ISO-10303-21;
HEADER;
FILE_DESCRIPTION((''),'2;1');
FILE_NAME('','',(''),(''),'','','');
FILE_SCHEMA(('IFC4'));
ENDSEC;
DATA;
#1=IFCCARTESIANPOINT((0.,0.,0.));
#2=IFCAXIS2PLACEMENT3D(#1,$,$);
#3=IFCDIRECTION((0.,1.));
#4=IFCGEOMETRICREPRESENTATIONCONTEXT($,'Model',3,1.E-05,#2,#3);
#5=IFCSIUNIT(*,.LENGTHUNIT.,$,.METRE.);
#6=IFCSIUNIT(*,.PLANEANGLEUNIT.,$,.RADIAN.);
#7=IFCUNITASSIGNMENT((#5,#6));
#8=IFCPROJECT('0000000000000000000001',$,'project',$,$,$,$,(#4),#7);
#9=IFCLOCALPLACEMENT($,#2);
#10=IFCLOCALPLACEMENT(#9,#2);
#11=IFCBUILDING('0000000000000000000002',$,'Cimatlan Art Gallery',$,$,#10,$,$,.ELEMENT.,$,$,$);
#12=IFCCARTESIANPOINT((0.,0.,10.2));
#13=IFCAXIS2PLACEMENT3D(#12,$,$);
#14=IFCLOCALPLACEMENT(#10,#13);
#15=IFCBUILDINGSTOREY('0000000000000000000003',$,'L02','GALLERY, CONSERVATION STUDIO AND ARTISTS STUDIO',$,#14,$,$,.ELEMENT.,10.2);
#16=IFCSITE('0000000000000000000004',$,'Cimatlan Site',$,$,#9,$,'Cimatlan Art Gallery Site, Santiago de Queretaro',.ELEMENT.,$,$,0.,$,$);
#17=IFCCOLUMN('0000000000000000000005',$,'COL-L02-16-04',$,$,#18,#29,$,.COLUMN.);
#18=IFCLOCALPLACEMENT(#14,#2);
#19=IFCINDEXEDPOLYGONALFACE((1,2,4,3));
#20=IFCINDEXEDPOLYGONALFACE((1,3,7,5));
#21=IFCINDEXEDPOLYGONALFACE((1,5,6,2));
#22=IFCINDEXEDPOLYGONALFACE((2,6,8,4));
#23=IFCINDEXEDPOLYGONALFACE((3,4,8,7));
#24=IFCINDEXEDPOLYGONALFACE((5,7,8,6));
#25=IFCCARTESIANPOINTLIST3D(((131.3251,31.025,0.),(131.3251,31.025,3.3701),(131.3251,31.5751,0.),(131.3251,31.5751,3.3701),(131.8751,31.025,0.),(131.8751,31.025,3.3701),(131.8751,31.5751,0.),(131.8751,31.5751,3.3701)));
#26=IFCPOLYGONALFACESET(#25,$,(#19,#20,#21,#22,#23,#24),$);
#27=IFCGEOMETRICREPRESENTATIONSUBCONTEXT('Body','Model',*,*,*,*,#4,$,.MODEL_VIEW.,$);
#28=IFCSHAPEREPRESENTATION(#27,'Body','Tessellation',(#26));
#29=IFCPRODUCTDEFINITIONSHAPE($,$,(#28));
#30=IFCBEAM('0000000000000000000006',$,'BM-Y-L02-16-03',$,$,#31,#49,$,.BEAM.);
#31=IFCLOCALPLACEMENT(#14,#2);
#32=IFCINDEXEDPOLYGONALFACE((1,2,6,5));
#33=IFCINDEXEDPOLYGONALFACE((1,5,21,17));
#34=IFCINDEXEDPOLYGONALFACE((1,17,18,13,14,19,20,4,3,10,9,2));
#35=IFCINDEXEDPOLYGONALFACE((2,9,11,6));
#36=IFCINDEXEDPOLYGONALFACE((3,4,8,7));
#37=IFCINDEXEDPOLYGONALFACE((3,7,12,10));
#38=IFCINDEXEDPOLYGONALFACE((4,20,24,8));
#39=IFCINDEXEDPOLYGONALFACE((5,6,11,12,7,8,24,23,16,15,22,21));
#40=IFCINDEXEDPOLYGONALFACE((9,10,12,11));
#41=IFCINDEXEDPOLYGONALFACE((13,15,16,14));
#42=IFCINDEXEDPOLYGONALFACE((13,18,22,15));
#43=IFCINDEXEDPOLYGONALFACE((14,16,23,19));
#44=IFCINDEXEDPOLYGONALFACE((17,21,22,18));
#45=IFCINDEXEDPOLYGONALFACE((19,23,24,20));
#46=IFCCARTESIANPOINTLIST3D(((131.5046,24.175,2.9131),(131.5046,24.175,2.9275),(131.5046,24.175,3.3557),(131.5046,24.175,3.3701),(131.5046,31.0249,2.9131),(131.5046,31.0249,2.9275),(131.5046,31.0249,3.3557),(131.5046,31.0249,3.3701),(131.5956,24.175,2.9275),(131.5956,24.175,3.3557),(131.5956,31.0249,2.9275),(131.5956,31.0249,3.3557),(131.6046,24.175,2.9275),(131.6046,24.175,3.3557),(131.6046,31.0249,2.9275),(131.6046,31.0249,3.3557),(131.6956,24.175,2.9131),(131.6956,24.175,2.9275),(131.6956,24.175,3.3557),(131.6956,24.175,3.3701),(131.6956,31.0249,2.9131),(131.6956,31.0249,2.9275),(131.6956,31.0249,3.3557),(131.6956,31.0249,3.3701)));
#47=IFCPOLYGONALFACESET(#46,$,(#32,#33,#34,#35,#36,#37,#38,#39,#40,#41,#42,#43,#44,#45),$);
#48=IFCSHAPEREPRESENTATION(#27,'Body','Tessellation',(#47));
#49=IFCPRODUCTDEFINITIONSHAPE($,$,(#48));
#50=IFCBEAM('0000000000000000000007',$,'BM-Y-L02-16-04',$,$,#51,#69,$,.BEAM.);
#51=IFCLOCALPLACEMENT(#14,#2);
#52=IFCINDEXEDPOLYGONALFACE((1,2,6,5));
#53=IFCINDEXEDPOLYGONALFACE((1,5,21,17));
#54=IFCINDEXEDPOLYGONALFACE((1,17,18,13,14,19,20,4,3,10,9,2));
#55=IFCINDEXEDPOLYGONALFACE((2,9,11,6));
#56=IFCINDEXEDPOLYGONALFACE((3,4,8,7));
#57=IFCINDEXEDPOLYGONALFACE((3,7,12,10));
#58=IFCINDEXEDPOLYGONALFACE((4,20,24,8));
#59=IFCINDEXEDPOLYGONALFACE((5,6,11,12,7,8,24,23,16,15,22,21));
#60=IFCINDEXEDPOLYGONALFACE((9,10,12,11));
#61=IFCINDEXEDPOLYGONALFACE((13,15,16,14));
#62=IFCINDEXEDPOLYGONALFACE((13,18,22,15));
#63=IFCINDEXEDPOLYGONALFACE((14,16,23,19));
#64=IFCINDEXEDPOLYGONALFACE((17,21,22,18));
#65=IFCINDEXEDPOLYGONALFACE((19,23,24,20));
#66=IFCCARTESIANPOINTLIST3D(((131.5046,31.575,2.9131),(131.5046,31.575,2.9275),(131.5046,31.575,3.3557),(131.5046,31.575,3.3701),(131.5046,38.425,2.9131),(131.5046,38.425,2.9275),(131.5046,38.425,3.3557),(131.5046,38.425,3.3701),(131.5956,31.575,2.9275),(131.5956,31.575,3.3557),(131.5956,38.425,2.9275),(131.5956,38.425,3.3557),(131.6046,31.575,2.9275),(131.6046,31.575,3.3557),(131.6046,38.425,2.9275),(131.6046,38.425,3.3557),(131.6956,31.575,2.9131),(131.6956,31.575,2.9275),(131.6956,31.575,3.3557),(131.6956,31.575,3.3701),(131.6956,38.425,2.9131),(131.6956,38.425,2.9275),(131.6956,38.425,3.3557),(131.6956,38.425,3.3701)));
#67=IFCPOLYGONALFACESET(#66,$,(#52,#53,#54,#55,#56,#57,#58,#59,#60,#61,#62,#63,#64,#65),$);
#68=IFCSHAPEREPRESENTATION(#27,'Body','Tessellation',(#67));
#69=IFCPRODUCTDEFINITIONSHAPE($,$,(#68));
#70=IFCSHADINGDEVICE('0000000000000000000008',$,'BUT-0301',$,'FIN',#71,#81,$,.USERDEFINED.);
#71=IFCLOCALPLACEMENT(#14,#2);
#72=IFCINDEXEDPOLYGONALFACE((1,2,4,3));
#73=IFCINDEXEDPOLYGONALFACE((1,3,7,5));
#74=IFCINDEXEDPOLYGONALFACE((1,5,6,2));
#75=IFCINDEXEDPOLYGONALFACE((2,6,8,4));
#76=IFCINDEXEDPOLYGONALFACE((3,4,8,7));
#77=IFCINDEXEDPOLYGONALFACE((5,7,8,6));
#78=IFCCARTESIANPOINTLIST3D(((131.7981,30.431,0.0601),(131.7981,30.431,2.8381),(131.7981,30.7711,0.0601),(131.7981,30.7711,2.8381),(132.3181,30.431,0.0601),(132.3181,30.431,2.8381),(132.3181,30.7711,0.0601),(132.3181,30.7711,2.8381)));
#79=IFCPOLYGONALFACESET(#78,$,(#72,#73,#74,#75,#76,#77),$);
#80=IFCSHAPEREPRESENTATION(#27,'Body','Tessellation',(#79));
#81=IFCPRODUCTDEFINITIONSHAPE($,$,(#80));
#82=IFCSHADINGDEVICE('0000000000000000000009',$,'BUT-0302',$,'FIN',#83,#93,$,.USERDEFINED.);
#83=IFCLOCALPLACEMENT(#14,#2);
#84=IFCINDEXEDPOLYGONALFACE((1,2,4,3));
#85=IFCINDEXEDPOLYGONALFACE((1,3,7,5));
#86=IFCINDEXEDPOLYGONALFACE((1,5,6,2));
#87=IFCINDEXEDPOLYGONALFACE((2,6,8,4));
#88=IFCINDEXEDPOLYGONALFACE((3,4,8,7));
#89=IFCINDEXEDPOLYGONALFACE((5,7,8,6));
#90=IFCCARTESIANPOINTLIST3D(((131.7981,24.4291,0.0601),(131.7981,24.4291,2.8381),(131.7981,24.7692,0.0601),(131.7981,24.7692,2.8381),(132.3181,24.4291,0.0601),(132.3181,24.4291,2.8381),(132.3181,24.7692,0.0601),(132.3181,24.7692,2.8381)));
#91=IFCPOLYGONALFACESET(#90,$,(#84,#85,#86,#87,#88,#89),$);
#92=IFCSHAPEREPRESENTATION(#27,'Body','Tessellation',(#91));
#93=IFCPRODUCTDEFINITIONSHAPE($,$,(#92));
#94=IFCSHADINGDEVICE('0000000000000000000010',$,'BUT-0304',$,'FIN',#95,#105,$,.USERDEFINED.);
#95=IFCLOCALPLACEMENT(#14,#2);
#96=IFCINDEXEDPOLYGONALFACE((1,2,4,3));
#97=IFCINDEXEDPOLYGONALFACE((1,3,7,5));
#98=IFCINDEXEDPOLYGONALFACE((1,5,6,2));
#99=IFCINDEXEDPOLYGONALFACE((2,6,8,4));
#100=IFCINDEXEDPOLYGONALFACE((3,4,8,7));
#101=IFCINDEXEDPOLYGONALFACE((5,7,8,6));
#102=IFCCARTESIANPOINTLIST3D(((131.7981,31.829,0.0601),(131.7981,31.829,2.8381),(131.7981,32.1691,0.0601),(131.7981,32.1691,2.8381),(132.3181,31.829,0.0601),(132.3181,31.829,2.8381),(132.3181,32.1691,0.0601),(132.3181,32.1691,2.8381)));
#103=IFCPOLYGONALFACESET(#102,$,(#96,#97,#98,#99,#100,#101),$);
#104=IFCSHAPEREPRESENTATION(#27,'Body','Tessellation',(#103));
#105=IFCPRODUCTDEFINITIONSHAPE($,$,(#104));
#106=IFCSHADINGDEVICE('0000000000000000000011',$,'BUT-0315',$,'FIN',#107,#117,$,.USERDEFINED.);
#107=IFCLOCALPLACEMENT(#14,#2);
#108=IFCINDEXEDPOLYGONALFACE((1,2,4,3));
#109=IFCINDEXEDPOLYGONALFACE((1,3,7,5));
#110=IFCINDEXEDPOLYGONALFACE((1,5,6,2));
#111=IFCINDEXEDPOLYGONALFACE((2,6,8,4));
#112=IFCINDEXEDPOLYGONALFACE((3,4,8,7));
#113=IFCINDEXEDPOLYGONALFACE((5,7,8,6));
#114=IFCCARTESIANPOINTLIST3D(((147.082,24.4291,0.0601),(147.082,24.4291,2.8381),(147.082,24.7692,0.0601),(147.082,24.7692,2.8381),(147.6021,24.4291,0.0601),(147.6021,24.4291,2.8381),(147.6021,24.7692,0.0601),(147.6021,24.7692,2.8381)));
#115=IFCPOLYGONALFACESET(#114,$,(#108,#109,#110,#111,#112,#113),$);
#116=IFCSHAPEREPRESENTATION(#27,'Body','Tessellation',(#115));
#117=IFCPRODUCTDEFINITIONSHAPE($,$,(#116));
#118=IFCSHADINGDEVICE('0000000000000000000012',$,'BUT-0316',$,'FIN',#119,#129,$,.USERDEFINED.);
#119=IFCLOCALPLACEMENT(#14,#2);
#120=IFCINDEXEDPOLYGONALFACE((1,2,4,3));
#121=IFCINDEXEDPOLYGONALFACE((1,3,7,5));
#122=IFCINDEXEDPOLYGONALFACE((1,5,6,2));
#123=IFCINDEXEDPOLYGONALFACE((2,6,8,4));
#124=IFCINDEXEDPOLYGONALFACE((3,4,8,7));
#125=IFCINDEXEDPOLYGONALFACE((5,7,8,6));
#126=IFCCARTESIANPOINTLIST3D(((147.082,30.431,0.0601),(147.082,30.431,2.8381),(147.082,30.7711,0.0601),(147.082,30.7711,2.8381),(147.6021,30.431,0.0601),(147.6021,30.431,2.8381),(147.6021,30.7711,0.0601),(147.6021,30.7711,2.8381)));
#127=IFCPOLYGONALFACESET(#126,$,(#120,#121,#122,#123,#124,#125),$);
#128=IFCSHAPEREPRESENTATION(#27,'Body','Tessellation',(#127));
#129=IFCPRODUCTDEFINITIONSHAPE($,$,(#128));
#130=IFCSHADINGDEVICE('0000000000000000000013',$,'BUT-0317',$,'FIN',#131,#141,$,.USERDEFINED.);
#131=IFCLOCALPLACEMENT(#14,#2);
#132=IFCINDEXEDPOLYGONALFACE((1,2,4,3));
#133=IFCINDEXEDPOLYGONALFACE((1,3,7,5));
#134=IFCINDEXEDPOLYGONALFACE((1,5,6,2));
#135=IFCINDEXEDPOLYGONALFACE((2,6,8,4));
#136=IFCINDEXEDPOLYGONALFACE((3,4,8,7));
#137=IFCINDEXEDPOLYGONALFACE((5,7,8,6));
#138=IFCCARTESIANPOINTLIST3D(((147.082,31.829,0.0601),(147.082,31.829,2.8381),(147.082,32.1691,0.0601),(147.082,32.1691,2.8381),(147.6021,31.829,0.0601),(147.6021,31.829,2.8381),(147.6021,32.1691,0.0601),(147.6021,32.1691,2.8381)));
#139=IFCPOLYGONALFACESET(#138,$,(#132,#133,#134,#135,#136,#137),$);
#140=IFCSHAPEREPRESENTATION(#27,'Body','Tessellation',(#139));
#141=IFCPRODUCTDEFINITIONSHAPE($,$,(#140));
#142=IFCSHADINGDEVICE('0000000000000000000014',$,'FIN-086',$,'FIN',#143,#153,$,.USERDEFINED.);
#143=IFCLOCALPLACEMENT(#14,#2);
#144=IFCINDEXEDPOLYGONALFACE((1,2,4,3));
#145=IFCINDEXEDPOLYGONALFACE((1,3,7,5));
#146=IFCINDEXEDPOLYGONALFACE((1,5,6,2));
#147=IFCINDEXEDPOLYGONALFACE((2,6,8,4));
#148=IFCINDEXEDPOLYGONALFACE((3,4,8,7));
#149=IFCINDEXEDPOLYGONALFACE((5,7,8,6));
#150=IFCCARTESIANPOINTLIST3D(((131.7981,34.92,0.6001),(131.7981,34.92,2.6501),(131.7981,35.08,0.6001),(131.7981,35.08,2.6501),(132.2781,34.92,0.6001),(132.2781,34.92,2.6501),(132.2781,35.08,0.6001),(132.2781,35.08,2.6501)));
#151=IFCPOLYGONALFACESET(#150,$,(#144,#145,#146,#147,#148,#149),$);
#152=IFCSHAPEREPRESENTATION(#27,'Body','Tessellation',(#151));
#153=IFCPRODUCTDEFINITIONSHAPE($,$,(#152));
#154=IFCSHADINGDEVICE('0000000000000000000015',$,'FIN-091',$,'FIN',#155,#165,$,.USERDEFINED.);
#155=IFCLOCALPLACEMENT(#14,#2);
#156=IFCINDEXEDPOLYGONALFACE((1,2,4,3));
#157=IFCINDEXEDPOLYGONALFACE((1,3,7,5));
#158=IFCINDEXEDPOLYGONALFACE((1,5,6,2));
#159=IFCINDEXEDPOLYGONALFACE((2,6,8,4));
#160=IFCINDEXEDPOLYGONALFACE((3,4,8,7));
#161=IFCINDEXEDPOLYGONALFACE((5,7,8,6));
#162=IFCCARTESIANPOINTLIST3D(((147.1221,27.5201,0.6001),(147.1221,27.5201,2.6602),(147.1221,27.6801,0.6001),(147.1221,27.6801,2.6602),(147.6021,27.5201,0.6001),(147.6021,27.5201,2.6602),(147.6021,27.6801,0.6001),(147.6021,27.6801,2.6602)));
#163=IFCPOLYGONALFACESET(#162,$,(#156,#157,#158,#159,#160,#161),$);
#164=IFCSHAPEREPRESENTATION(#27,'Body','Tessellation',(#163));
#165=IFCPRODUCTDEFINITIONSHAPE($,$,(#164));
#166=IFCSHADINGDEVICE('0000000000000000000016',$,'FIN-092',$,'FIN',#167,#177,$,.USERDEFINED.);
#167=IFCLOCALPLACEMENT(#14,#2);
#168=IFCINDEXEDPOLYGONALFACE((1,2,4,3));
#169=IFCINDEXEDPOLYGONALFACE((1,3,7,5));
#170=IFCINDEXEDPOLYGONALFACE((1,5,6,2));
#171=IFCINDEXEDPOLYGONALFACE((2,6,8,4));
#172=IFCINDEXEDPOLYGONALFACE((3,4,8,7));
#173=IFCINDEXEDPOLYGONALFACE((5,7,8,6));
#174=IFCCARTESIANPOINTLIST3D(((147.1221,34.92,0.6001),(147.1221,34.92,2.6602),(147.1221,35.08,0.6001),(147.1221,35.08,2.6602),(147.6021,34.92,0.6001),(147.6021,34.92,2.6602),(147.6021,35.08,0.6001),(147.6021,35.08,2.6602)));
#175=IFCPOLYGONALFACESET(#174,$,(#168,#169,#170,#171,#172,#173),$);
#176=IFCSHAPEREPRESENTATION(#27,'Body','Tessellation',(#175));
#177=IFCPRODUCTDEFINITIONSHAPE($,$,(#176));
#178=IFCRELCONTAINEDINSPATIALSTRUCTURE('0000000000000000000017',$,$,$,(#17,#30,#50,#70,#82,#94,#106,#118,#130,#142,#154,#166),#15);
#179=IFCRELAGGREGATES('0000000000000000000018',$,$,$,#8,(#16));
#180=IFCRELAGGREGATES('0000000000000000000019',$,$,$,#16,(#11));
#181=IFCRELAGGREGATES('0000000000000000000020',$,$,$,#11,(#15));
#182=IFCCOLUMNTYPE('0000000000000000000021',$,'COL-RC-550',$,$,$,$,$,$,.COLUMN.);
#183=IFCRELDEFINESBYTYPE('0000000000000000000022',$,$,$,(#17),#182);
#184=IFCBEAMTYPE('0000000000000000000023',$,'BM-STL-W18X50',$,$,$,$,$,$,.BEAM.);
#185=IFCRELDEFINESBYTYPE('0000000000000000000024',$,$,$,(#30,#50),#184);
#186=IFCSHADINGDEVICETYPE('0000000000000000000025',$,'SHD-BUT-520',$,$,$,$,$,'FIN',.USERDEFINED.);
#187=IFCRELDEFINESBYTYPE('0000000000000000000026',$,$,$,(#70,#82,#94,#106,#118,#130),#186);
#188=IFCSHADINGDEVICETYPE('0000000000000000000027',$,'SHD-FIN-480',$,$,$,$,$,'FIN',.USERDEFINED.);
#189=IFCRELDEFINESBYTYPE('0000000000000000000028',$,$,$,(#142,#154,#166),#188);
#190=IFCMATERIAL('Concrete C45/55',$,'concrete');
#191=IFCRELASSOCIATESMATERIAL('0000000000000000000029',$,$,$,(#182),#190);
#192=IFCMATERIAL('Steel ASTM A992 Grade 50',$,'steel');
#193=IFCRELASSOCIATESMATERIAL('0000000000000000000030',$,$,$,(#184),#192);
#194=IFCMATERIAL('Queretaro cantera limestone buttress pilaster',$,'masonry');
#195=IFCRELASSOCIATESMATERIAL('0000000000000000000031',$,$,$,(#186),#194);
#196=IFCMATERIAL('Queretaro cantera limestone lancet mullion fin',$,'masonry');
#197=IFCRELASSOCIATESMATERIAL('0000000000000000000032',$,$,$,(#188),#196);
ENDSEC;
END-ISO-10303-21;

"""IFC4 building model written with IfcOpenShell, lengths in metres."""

from ifc_helpers import new_model, si_unit, direction, frame, origin, origin_2d, place, context, subcontext, project, spatial, rectangle, i_section, extrude, material, material_profile, profile_set, type_object, element, save


model = new_model("IFC4")

# Units and contexts
model_context = context("Model", 3, precision=1e-05, world=origin(), true_north=direction((0.0, 1.0)))
body_context = subcontext(model_context, "Body", "Model", "MODEL_VIEW")
ifc_project = project(units=[si_unit("LENGTHUNIT", "METRE"), si_unit("PLANEANGLEUNIT", "RADIAN")], contexts=[model_context])

# Site, building, storey
site_placement = place(None, origin())
site = spatial("IfcSite", under=ifc_project, at=site_placement, Name="Cimatlan Site", LongName="Cimatlan Art Gallery Site, Santiago de Queretaro", CompositionType="ELEMENT", RefElevation=0.0)
building_placement = place(site_placement, origin())
building = spatial("IfcBuilding", under=site, at=building_placement, Name="Cimatlan Art Gallery", CompositionType="ELEMENT")
storey_placement = place(building_placement, frame((0.0, 0.0, 10.2)))
storey = spatial("IfcBuildingStorey", under=building, at=storey_placement, Name="L02", Description="GALLERY, CONSERVATION STUDIO AND ARTISTS STUDIO", CompositionType="ELEMENT", Elevation=10.2)

# Column
ifc_material_1 = material(Name="Concrete C45/55", Category="concrete")
ifc_material_profile_1 = material_profile(ifc_material_1, rectangle(XDim=0.55, YDim=0.55, at=origin_2d()), Name="RC550X550")
ifc_profile_set_1 = profile_set([ifc_material_profile_1], Name="Concrete C45/55")
column_type = type_object("IfcColumnType", Name="COL-RC-550", PredefinedType="COLUMN", material=ifc_profile_set_1)
column_placement = place(storey_placement, frame((131.6001, 31.3, 0.0), z_axis=(0.0, 0.0, 1.0), x_axis=(1.0, 0.0, 0.0)))
element("IfcColumn", 1, at=column_placement, inside=storey, type_object=column_type, Name="COL-L02-16-04", PredefinedType="COLUMN", context=body_context, shape_type="SweptSolid", body=[
    extrude(rectangle(XDim=0.55, YDim=0.55, at=origin_2d()), origin(), (0.0, 0.0, 1.0), 3.3701),
])

# Beams
ifc_material_2 = material(Name="Steel ASTM A992 Grade 50", Category="steel")
ifc_material_profile_2 = material_profile(ifc_material_2, i_section(OverallWidth=0.1909, OverallDepth=0.457, WebThickness=0.009, FlangeThickness=0.0144, at=origin_2d()), Name="W18X50")
ifc_profile_set_2 = profile_set([ifc_material_profile_2], Name="Steel ASTM A992 Grade 50")
beam_type = type_object("IfcBeamType", Name="BM-STL-W18X50", PredefinedType="BEAM", material=ifc_profile_set_2)
beam_1_placement = place(storey_placement, frame((131.6001, 24.175, 3.1416), z_axis=(0.0, 1.0, 0.0), x_axis=(-1.0, 0.0, 0.0)))
element("IfcBeam", 2, at=beam_1_placement, inside=storey, type_object=beam_type, Name="BM-Y-L02-16-03", PredefinedType="BEAM", context=body_context, shape_type="SweptSolid", body=[
    extrude(i_section(OverallWidth=0.1909, OverallDepth=0.457, WebThickness=0.009, FlangeThickness=0.0144, at=origin_2d()), origin(), (0.0, 0.0, 1.0), 6.8499),
])
beam_2_placement = place(storey_placement, frame((131.6001, 31.575, 3.1416), z_axis=(0.0, 1.0, 0.0), x_axis=(-1.0, 0.0, 0.0)))
element("IfcBeam", 3, at=beam_2_placement, inside=storey, type_object=beam_type, Name="BM-Y-L02-16-04", PredefinedType="BEAM", context=body_context, shape_type="SweptSolid", body=[
    extrude(i_section(OverallWidth=0.1909, OverallDepth=0.457, WebThickness=0.009, FlangeThickness=0.0144, at=origin_2d()), origin(), (0.0, 0.0, 1.0), 6.8501),
])

# Shading devices
ifc_material_3 = material(Name="Queretaro cantera limestone buttress pilaster", Category="masonry")
shading_device_type_1 = type_object("IfcShadingDeviceType", Name="SHD-BUT-520", ElementType="FIN", PredefinedType="USERDEFINED", material=ifc_material_3)
for number, where, z_axis, x_axis, name in (
    (4, (132.0581, 30.6011, 0.0601), (0.0, 0.0, 1.0), (0.0, -1.0, 0.0), "BUT-0301"),
    (5, (132.0581, 24.5991, 0.0601), (0.0, 0.0, 1.0), (0.0, -1.0, 0.0), "BUT-0302"),
    (6, (132.0581, 31.999, 0.0601), (0.0, 0.0, 1.0), (0.0, -1.0, 0.0), "BUT-0304"),
    (7, (147.342, 24.5991, 0.0601), (0.0, 0.0, 1.0), (0.0, 1.0, 0.0), "BUT-0315"),
    (8, (147.342, 30.6011, 0.0601), (0.0, 0.0, 1.0), (0.0, 1.0, 0.0), "BUT-0316"),
    (9, (147.342, 31.999, 0.0601), (0.0, 0.0, 1.0), (0.0, 1.0, 0.0), "BUT-0317"),
):
    element("IfcShadingDevice", number, at=place(storey_placement, frame(where, z_axis=z_axis, x_axis=x_axis)), inside=storey, type_object=shading_device_type_1, Name=name, ObjectType="FIN", PredefinedType="USERDEFINED", context=body_context, shape_type="SweptSolid", body=[
        extrude(rectangle(XDim=0.3401, YDim=0.52, at=origin_2d()), origin(), (0.0, 0.0, 1.0), 2.7781),
    ])
ifc_material_4 = material(Name="Queretaro cantera limestone lancet mullion fin", Category="masonry")
shading_device_type_2 = type_object("IfcShadingDeviceType", Name="SHD-FIN-480", ElementType="FIN", PredefinedType="USERDEFINED", material=ifc_material_4)
shading_device_placement = place(storey_placement, frame((132.0381, 35.0, 0.6001), z_axis=(0.0, 0.0, 1.0), x_axis=(0.0, -1.0, 0.0)))
element("IfcShadingDevice", 10, at=shading_device_placement, inside=storey, type_object=shading_device_type_2, Name="FIN-086", ObjectType="FIN", PredefinedType="USERDEFINED", context=body_context, shape_type="SweptSolid", body=[
    extrude(rectangle(XDim=0.1599, YDim=0.48, at=origin_2d()), origin(), (0.0, 0.0, 1.0), 2.05),
])
for number, where, z_axis, x_axis, name in (
    (11, (147.3621, 27.6001, 0.6001), (0.0, 0.0, 1.0), (0.0, 1.0, 0.0), "FIN-091"),
    (12, (147.3621, 35.0, 0.6001), (0.0, 0.0, 1.0), (0.0, 1.0, 0.0), "FIN-092"),
):
    element("IfcShadingDevice", number, at=place(storey_placement, frame(where, z_axis=z_axis, x_axis=x_axis)), inside=storey, type_object=shading_device_type_2, Name=name, ObjectType="FIN", PredefinedType="USERDEFINED", context=body_context, shape_type="SweptSolid", body=[
        extrude(rectangle(XDim=0.1599, YDim=0.48, at=origin_2d()), origin(), (0.0, 0.0, 1.0), 2.0601),
    ])

save(model, "model.ifc")
